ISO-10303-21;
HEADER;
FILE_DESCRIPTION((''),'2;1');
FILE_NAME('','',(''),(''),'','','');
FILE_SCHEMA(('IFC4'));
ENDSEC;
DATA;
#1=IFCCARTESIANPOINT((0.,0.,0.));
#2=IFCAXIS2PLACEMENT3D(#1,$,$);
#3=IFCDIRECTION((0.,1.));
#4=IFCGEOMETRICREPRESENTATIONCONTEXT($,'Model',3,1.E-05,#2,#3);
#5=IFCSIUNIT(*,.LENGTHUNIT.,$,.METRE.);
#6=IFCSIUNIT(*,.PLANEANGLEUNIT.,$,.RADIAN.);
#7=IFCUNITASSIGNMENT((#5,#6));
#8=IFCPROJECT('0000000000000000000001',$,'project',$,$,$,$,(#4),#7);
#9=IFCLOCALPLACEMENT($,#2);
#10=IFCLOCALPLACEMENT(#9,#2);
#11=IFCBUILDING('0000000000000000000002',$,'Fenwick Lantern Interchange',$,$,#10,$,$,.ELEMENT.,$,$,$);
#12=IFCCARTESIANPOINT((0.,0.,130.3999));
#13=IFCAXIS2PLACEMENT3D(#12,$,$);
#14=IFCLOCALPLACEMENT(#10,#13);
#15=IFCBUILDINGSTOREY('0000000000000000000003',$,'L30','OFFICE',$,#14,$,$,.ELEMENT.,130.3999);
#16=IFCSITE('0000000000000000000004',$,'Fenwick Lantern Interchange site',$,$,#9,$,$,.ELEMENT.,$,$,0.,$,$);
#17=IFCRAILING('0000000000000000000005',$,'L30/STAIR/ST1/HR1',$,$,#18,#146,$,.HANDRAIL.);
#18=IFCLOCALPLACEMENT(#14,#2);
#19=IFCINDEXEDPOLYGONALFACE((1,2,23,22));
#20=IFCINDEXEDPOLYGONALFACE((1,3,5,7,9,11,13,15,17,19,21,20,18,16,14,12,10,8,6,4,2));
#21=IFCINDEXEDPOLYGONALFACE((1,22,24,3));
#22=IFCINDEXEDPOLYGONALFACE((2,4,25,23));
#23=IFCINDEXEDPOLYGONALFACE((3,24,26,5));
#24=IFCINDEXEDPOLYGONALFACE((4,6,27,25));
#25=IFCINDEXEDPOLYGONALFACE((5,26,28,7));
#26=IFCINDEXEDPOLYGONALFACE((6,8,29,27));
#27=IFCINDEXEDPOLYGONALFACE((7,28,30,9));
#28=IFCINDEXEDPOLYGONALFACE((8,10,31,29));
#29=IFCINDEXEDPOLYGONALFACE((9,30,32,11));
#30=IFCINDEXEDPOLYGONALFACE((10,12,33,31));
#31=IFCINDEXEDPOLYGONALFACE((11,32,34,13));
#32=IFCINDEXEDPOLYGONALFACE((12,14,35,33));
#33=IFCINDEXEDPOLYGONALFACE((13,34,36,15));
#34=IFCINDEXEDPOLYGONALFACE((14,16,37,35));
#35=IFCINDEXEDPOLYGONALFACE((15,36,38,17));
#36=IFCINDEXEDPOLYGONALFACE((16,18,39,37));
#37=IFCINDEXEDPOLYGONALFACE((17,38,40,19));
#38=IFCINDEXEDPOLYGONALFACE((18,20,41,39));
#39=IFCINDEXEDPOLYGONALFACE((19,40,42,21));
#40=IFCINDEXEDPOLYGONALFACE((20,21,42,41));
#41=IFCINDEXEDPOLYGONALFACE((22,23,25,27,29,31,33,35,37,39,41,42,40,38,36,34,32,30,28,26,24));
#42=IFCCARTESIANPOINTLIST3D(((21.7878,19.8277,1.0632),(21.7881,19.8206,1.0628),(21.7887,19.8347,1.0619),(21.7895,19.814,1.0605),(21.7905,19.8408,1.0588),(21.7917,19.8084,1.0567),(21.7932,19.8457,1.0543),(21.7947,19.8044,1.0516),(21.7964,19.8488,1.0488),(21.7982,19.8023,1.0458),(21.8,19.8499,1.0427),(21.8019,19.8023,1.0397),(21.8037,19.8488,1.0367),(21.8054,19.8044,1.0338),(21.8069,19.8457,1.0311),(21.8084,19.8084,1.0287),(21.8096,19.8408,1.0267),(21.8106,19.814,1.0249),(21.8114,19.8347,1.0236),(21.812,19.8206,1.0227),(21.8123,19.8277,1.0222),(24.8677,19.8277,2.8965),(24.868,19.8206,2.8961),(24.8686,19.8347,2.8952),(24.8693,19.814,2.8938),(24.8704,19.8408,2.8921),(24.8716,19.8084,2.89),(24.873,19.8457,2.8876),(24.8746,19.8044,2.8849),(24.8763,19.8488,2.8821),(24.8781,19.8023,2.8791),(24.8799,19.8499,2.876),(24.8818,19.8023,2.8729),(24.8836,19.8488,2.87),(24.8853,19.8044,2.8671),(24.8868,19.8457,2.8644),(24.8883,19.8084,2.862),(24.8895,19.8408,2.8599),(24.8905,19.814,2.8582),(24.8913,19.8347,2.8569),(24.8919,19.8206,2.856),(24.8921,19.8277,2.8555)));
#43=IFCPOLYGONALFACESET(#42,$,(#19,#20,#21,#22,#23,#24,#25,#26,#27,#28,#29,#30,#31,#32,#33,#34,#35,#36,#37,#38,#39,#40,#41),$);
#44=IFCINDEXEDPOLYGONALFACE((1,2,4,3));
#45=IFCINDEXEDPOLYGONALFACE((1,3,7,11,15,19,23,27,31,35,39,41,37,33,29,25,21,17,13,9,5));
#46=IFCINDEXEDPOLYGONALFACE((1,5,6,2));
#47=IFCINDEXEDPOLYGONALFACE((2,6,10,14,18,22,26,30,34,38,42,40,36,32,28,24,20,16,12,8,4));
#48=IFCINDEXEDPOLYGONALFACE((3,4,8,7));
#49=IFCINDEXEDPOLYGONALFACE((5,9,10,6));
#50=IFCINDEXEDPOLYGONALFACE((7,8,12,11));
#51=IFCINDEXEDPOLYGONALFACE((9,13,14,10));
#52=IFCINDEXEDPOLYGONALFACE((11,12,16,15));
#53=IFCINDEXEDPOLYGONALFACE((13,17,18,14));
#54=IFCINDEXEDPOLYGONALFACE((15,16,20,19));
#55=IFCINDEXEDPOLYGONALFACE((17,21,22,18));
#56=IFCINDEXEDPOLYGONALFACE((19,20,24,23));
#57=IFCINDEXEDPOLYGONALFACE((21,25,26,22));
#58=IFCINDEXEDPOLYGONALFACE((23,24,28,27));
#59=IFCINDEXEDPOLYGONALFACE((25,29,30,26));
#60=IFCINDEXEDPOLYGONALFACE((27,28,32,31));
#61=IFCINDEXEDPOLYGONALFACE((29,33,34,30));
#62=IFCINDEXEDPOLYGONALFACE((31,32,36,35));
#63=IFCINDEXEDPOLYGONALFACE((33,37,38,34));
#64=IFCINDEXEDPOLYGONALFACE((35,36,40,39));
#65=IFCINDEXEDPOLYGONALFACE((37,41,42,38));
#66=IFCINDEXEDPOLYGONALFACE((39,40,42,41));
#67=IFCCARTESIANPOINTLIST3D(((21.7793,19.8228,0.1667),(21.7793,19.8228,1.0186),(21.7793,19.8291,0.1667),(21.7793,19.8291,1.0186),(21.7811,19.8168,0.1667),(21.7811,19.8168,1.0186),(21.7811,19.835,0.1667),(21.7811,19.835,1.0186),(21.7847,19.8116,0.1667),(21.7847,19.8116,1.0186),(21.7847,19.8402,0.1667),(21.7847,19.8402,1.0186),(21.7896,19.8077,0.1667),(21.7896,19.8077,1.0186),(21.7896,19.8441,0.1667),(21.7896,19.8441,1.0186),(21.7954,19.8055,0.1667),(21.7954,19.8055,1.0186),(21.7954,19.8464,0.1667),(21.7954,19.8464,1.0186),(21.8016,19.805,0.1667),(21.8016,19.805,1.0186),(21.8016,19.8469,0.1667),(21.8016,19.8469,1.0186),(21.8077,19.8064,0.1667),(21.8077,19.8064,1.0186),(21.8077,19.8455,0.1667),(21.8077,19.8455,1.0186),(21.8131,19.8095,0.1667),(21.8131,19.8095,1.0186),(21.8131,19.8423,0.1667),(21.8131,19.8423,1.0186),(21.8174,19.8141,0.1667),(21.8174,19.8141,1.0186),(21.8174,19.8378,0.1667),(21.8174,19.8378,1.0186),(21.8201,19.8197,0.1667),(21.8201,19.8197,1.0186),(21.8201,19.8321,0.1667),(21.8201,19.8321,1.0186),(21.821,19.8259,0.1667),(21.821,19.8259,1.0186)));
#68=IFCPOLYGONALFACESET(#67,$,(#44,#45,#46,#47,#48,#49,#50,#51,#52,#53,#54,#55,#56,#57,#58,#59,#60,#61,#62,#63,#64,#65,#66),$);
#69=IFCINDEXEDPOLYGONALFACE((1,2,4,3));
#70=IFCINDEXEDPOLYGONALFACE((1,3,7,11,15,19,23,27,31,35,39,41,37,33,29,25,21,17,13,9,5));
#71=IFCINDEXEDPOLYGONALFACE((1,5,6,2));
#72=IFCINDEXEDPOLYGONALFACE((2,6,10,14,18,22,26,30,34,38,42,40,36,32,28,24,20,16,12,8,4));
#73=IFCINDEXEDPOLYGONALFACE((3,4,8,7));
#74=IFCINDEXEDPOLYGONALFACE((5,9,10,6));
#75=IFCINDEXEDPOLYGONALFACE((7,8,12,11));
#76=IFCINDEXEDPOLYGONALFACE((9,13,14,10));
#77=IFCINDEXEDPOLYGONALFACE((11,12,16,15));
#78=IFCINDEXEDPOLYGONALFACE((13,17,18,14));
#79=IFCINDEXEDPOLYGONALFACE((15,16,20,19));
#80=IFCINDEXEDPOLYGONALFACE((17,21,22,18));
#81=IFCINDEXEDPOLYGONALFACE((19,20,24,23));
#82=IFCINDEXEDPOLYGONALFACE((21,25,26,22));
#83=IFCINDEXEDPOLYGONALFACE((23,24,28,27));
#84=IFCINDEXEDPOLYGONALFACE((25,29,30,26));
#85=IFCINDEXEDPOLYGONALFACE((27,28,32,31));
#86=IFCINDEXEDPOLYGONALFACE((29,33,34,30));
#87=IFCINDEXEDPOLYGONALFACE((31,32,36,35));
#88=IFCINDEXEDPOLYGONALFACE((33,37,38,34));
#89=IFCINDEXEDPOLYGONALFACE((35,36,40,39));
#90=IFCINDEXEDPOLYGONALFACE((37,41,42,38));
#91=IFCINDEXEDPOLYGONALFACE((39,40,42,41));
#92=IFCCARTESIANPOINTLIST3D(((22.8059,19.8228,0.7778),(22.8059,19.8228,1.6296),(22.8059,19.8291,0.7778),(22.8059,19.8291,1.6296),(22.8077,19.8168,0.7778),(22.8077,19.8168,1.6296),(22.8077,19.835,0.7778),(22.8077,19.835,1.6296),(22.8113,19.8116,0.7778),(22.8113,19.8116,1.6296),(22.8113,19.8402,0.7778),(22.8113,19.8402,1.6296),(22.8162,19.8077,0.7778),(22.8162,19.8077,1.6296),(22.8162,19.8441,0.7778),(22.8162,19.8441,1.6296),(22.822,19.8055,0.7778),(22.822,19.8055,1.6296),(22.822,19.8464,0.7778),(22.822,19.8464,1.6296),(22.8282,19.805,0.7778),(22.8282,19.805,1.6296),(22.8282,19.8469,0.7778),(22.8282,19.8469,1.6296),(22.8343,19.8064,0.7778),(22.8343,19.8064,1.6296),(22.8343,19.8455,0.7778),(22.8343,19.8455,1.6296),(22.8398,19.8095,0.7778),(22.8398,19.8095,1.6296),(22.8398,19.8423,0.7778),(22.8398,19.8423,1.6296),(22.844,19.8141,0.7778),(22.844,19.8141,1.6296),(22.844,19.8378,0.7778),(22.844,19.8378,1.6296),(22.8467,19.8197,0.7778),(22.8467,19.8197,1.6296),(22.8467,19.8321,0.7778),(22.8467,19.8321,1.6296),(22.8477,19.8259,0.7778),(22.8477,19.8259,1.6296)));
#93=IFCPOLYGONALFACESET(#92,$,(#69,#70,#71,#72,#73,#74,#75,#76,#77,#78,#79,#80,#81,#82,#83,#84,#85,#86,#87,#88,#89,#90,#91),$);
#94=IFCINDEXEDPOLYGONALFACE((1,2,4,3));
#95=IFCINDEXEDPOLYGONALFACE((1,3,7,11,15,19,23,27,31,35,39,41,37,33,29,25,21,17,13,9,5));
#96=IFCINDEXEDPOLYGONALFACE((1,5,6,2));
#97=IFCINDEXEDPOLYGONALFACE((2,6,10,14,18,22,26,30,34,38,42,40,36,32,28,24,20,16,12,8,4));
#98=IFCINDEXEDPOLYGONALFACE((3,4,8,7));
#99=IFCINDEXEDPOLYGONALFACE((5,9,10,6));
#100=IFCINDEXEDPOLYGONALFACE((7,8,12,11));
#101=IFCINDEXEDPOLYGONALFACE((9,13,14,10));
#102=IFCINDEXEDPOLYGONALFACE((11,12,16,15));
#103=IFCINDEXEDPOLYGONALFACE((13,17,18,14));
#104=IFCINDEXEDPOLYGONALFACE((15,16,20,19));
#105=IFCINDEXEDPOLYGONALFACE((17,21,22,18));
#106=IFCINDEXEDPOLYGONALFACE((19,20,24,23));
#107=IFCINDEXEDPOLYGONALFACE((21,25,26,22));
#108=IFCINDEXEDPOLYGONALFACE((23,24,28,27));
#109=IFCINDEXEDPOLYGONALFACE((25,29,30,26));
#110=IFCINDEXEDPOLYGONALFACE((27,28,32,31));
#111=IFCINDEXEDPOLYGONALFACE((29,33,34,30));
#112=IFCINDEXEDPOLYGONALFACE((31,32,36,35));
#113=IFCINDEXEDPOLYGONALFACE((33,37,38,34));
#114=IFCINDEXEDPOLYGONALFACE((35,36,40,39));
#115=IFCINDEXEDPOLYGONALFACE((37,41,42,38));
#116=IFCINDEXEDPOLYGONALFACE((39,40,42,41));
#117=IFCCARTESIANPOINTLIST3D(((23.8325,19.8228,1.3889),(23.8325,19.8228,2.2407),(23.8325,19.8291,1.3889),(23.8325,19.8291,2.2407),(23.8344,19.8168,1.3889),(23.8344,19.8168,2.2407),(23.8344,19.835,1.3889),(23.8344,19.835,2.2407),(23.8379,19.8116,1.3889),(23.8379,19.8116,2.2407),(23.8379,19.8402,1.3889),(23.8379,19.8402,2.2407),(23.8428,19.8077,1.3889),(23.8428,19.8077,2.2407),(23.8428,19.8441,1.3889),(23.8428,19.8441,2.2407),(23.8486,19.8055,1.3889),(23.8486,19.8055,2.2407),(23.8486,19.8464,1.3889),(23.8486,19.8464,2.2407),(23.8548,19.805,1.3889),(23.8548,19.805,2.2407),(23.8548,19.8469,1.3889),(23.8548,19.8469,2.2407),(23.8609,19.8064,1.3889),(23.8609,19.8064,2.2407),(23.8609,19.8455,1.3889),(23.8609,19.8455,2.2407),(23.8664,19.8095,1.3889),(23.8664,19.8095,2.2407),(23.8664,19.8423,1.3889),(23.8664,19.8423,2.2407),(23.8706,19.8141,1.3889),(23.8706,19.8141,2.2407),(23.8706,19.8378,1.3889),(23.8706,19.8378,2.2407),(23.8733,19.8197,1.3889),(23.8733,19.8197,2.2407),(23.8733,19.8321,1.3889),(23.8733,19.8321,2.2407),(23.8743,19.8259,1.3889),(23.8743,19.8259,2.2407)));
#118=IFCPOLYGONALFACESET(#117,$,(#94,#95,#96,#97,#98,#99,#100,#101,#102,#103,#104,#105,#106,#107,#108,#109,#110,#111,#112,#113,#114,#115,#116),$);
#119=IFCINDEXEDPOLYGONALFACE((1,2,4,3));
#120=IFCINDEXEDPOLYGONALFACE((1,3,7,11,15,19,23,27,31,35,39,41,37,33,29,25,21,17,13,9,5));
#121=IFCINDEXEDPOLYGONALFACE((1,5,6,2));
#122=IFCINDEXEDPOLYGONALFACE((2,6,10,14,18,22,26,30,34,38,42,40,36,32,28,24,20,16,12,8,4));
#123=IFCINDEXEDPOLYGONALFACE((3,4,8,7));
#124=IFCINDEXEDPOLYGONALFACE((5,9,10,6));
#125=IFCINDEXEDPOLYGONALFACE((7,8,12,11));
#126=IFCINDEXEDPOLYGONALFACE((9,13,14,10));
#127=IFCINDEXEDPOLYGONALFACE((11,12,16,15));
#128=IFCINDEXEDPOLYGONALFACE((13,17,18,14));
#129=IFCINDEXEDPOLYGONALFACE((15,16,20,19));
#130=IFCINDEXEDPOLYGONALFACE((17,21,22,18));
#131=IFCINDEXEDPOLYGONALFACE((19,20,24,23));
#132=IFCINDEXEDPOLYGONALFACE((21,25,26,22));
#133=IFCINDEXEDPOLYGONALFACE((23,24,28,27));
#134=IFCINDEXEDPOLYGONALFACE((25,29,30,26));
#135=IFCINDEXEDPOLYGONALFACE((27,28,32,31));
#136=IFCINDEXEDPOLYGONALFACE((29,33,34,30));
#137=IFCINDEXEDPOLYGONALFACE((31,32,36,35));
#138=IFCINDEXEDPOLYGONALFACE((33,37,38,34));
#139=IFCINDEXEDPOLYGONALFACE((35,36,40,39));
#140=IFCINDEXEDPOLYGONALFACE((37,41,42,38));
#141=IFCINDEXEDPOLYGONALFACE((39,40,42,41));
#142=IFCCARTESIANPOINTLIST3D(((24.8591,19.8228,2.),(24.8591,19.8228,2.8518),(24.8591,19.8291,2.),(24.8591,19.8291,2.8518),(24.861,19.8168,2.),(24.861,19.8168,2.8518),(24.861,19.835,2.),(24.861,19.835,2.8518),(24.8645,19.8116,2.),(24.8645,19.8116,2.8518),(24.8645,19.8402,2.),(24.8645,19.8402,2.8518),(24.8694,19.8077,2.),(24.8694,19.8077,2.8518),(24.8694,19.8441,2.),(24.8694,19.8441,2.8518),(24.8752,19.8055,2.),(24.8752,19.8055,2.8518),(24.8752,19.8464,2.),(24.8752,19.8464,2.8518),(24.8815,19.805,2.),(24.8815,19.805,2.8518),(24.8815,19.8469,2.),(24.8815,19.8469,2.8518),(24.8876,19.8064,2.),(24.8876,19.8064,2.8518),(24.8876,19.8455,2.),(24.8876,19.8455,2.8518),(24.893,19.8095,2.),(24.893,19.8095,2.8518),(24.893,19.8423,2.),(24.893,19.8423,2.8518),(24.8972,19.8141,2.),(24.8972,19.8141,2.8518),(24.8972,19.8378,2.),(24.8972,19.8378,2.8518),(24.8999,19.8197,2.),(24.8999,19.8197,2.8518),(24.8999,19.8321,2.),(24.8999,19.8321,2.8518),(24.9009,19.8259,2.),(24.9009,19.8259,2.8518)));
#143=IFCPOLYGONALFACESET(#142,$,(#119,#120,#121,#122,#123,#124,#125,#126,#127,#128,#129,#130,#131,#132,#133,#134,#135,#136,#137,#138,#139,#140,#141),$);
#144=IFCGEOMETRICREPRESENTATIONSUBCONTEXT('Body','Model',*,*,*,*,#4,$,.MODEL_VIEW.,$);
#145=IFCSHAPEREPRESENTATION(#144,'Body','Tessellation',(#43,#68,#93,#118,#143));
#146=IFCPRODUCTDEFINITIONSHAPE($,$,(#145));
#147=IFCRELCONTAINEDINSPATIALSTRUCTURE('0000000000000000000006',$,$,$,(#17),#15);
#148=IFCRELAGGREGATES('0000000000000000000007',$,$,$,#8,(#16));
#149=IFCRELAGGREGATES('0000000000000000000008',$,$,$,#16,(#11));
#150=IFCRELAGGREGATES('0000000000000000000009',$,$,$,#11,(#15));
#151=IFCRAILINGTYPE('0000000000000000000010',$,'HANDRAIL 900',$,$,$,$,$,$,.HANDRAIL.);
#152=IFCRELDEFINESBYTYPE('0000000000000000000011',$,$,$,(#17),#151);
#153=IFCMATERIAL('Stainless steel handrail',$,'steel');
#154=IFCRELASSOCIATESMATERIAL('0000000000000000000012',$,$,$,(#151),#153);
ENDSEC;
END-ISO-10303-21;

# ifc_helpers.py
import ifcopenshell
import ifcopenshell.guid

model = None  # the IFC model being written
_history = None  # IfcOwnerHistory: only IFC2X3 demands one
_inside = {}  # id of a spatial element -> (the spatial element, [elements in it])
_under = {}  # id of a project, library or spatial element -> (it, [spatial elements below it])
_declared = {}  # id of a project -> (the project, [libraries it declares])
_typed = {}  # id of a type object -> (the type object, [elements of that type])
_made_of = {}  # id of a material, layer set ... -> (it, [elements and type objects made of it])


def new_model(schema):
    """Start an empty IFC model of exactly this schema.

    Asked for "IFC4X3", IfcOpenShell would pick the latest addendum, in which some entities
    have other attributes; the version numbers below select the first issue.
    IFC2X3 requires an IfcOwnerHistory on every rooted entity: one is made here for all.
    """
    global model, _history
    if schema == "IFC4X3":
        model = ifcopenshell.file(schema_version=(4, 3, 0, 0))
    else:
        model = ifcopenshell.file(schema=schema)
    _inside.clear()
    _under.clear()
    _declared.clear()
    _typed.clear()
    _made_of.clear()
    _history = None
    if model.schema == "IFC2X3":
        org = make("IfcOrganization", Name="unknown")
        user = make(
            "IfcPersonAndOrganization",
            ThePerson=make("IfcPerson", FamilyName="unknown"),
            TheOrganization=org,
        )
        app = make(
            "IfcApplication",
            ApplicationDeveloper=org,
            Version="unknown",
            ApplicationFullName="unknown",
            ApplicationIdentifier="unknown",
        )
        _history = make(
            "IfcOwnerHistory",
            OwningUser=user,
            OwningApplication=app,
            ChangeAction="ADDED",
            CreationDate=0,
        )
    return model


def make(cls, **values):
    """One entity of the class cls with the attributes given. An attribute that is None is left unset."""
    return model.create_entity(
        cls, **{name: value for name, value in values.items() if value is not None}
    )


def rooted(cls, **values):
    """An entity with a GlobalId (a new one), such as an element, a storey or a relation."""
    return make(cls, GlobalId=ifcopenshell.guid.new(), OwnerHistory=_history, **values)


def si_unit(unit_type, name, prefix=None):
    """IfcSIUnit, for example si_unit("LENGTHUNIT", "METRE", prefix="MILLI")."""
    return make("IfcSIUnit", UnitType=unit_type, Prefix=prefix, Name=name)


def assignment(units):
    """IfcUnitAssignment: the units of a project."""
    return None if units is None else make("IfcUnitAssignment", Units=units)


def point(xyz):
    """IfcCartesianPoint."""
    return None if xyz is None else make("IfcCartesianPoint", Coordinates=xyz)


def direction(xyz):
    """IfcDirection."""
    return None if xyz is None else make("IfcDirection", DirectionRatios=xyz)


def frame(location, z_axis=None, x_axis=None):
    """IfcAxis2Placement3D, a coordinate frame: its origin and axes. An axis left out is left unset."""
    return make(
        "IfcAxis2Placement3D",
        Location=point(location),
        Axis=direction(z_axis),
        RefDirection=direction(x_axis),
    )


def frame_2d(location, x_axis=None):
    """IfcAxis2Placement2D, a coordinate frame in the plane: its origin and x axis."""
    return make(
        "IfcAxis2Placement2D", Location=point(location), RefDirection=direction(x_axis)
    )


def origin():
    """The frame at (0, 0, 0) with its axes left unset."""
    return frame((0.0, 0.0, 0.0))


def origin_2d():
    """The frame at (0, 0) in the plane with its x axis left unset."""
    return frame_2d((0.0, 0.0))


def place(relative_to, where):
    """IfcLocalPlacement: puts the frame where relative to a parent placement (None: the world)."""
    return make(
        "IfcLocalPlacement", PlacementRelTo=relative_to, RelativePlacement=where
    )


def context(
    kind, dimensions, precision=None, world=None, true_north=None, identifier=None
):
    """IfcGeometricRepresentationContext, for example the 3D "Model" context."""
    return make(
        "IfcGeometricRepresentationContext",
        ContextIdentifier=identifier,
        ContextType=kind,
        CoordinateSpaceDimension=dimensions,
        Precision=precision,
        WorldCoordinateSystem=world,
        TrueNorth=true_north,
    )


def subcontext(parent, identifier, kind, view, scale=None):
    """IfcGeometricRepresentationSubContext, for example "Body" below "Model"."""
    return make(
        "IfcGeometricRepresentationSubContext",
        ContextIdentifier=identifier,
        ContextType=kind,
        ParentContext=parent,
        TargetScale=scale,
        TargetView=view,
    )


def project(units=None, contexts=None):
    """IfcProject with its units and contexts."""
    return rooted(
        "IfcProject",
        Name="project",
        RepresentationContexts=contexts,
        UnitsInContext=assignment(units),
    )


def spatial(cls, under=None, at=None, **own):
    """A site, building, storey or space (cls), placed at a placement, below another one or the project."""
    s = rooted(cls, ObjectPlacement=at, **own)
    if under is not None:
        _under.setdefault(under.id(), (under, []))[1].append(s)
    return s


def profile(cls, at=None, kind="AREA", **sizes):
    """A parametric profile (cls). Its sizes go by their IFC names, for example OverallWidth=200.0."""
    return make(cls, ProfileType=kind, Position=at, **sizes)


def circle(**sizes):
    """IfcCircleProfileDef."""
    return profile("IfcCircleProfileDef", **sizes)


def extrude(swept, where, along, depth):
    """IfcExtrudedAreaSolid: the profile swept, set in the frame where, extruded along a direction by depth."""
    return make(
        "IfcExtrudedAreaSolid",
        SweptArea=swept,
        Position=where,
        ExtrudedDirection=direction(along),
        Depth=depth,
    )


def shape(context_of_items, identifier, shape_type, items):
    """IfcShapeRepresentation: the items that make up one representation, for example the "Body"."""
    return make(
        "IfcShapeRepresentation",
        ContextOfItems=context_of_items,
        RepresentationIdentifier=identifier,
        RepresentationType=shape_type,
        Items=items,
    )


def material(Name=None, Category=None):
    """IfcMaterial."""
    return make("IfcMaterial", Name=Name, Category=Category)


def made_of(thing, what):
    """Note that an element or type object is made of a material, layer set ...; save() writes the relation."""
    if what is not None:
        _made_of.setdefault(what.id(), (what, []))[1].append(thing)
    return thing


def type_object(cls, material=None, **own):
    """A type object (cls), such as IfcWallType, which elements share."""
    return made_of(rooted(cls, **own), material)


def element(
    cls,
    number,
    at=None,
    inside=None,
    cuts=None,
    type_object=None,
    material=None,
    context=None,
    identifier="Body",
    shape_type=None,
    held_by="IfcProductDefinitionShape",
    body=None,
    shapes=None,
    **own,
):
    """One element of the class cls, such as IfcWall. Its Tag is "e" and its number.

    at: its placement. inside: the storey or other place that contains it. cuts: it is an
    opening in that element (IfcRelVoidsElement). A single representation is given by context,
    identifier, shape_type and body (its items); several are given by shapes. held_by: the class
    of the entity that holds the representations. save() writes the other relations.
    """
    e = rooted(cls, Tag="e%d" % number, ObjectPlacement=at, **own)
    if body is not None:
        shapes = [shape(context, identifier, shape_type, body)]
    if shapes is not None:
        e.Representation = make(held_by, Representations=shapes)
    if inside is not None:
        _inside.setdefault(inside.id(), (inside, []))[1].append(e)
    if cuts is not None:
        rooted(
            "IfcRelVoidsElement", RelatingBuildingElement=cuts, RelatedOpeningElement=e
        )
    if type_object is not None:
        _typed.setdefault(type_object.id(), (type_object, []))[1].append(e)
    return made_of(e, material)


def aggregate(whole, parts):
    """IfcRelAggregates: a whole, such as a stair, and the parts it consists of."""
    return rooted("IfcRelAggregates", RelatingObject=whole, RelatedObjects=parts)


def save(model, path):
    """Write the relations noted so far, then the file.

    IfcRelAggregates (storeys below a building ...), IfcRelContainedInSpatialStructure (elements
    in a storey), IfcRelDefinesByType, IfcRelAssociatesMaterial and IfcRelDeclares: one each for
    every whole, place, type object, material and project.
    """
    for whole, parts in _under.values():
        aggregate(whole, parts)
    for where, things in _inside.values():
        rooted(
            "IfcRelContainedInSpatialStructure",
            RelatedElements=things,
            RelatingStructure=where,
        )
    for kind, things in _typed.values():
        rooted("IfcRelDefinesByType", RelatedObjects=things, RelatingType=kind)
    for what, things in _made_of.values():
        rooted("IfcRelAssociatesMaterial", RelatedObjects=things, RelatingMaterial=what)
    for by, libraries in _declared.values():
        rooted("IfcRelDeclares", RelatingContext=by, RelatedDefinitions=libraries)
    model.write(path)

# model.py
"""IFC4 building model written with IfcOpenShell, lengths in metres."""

from ifc_helpers import new_model, si_unit, direction, frame, origin, origin_2d, place, context, subcontext, project, spatial, circle, extrude, material, type_object, element, save


model = new_model("IFC4")

# Units and contexts
model_context = context("Model", 3, precision=1e-05, world=origin(), true_north=direction((0.0, 1.0)))
body_context = subcontext(model_context, "Body", "Model", "MODEL_VIEW")
ifc_project = project(units=[si_unit("LENGTHUNIT", "METRE"), si_unit("PLANEANGLEUNIT", "RADIAN")], contexts=[model_context])

# Site, building, storey
site_placement = place(None, origin())
site = spatial("IfcSite", under=ifc_project, at=site_placement, Name="Fenwick Lantern Interchange site", CompositionType="ELEMENT", RefElevation=0.0)
building_placement = place(site_placement, origin())
building = spatial("IfcBuilding", under=site, at=building_placement, Name="Fenwick Lantern Interchange", CompositionType="ELEMENT")
storey_placement = place(building_placement, frame((0.0, 0.0, 130.3999)))
storey = spatial("IfcBuildingStorey", under=building, at=storey_placement, Name="L30", Description="OFFICE", CompositionType="ELEMENT", Elevation=130.3999)

# Railing
ifc_material_1 = material(Name="Stainless steel handrail", Category="steel")
railing_type = type_object("IfcRailingType", Name="HANDRAIL 900", PredefinedType="HANDRAIL", material=ifc_material_1)
railing_1_placement = place(storey_placement, frame((21.8, 19.8259, 0.1667)))
element("IfcRailing", 1, at=railing_1_placement, inside=storey, type_object=railing_type, Name="L30/STAIR/ST1/HR1", PredefinedType="HANDRAIL", context=body_context, shape_type="SweptSolid", body=[
    extrude(circle(Radius=0.0239, at=origin_2d()), frame((0.0, 0.0, 0.876), z_axis=(0.859291, 0.0, 0.511487), x_axis=(0.0, 1.0, 0.0)), (0.0, 0.0, 1.0), 3.5842),
    extrude(circle(Radius=0.021, at=origin_2d()), origin(), (0.0, 0.0, 1.0), 0.8518),
    extrude(circle(Radius=0.021, at=origin_2d()), frame((1.0266, 0.0, 0.6111)), (0.0, 0.0, 1.0), 0.8518),
    extrude(circle(Radius=0.021, at=origin_2d()), frame((2.0532, 0.0, 1.2222)), (0.0, 0.0, 1.0), 0.8518),
    extrude(circle(Radius=0.021, at=origin_2d()), frame((3.0798, 0.0, 1.8333)), (0.0, 0.0, 1.0), 0.8518),
])

save(model, "model.ifc")
